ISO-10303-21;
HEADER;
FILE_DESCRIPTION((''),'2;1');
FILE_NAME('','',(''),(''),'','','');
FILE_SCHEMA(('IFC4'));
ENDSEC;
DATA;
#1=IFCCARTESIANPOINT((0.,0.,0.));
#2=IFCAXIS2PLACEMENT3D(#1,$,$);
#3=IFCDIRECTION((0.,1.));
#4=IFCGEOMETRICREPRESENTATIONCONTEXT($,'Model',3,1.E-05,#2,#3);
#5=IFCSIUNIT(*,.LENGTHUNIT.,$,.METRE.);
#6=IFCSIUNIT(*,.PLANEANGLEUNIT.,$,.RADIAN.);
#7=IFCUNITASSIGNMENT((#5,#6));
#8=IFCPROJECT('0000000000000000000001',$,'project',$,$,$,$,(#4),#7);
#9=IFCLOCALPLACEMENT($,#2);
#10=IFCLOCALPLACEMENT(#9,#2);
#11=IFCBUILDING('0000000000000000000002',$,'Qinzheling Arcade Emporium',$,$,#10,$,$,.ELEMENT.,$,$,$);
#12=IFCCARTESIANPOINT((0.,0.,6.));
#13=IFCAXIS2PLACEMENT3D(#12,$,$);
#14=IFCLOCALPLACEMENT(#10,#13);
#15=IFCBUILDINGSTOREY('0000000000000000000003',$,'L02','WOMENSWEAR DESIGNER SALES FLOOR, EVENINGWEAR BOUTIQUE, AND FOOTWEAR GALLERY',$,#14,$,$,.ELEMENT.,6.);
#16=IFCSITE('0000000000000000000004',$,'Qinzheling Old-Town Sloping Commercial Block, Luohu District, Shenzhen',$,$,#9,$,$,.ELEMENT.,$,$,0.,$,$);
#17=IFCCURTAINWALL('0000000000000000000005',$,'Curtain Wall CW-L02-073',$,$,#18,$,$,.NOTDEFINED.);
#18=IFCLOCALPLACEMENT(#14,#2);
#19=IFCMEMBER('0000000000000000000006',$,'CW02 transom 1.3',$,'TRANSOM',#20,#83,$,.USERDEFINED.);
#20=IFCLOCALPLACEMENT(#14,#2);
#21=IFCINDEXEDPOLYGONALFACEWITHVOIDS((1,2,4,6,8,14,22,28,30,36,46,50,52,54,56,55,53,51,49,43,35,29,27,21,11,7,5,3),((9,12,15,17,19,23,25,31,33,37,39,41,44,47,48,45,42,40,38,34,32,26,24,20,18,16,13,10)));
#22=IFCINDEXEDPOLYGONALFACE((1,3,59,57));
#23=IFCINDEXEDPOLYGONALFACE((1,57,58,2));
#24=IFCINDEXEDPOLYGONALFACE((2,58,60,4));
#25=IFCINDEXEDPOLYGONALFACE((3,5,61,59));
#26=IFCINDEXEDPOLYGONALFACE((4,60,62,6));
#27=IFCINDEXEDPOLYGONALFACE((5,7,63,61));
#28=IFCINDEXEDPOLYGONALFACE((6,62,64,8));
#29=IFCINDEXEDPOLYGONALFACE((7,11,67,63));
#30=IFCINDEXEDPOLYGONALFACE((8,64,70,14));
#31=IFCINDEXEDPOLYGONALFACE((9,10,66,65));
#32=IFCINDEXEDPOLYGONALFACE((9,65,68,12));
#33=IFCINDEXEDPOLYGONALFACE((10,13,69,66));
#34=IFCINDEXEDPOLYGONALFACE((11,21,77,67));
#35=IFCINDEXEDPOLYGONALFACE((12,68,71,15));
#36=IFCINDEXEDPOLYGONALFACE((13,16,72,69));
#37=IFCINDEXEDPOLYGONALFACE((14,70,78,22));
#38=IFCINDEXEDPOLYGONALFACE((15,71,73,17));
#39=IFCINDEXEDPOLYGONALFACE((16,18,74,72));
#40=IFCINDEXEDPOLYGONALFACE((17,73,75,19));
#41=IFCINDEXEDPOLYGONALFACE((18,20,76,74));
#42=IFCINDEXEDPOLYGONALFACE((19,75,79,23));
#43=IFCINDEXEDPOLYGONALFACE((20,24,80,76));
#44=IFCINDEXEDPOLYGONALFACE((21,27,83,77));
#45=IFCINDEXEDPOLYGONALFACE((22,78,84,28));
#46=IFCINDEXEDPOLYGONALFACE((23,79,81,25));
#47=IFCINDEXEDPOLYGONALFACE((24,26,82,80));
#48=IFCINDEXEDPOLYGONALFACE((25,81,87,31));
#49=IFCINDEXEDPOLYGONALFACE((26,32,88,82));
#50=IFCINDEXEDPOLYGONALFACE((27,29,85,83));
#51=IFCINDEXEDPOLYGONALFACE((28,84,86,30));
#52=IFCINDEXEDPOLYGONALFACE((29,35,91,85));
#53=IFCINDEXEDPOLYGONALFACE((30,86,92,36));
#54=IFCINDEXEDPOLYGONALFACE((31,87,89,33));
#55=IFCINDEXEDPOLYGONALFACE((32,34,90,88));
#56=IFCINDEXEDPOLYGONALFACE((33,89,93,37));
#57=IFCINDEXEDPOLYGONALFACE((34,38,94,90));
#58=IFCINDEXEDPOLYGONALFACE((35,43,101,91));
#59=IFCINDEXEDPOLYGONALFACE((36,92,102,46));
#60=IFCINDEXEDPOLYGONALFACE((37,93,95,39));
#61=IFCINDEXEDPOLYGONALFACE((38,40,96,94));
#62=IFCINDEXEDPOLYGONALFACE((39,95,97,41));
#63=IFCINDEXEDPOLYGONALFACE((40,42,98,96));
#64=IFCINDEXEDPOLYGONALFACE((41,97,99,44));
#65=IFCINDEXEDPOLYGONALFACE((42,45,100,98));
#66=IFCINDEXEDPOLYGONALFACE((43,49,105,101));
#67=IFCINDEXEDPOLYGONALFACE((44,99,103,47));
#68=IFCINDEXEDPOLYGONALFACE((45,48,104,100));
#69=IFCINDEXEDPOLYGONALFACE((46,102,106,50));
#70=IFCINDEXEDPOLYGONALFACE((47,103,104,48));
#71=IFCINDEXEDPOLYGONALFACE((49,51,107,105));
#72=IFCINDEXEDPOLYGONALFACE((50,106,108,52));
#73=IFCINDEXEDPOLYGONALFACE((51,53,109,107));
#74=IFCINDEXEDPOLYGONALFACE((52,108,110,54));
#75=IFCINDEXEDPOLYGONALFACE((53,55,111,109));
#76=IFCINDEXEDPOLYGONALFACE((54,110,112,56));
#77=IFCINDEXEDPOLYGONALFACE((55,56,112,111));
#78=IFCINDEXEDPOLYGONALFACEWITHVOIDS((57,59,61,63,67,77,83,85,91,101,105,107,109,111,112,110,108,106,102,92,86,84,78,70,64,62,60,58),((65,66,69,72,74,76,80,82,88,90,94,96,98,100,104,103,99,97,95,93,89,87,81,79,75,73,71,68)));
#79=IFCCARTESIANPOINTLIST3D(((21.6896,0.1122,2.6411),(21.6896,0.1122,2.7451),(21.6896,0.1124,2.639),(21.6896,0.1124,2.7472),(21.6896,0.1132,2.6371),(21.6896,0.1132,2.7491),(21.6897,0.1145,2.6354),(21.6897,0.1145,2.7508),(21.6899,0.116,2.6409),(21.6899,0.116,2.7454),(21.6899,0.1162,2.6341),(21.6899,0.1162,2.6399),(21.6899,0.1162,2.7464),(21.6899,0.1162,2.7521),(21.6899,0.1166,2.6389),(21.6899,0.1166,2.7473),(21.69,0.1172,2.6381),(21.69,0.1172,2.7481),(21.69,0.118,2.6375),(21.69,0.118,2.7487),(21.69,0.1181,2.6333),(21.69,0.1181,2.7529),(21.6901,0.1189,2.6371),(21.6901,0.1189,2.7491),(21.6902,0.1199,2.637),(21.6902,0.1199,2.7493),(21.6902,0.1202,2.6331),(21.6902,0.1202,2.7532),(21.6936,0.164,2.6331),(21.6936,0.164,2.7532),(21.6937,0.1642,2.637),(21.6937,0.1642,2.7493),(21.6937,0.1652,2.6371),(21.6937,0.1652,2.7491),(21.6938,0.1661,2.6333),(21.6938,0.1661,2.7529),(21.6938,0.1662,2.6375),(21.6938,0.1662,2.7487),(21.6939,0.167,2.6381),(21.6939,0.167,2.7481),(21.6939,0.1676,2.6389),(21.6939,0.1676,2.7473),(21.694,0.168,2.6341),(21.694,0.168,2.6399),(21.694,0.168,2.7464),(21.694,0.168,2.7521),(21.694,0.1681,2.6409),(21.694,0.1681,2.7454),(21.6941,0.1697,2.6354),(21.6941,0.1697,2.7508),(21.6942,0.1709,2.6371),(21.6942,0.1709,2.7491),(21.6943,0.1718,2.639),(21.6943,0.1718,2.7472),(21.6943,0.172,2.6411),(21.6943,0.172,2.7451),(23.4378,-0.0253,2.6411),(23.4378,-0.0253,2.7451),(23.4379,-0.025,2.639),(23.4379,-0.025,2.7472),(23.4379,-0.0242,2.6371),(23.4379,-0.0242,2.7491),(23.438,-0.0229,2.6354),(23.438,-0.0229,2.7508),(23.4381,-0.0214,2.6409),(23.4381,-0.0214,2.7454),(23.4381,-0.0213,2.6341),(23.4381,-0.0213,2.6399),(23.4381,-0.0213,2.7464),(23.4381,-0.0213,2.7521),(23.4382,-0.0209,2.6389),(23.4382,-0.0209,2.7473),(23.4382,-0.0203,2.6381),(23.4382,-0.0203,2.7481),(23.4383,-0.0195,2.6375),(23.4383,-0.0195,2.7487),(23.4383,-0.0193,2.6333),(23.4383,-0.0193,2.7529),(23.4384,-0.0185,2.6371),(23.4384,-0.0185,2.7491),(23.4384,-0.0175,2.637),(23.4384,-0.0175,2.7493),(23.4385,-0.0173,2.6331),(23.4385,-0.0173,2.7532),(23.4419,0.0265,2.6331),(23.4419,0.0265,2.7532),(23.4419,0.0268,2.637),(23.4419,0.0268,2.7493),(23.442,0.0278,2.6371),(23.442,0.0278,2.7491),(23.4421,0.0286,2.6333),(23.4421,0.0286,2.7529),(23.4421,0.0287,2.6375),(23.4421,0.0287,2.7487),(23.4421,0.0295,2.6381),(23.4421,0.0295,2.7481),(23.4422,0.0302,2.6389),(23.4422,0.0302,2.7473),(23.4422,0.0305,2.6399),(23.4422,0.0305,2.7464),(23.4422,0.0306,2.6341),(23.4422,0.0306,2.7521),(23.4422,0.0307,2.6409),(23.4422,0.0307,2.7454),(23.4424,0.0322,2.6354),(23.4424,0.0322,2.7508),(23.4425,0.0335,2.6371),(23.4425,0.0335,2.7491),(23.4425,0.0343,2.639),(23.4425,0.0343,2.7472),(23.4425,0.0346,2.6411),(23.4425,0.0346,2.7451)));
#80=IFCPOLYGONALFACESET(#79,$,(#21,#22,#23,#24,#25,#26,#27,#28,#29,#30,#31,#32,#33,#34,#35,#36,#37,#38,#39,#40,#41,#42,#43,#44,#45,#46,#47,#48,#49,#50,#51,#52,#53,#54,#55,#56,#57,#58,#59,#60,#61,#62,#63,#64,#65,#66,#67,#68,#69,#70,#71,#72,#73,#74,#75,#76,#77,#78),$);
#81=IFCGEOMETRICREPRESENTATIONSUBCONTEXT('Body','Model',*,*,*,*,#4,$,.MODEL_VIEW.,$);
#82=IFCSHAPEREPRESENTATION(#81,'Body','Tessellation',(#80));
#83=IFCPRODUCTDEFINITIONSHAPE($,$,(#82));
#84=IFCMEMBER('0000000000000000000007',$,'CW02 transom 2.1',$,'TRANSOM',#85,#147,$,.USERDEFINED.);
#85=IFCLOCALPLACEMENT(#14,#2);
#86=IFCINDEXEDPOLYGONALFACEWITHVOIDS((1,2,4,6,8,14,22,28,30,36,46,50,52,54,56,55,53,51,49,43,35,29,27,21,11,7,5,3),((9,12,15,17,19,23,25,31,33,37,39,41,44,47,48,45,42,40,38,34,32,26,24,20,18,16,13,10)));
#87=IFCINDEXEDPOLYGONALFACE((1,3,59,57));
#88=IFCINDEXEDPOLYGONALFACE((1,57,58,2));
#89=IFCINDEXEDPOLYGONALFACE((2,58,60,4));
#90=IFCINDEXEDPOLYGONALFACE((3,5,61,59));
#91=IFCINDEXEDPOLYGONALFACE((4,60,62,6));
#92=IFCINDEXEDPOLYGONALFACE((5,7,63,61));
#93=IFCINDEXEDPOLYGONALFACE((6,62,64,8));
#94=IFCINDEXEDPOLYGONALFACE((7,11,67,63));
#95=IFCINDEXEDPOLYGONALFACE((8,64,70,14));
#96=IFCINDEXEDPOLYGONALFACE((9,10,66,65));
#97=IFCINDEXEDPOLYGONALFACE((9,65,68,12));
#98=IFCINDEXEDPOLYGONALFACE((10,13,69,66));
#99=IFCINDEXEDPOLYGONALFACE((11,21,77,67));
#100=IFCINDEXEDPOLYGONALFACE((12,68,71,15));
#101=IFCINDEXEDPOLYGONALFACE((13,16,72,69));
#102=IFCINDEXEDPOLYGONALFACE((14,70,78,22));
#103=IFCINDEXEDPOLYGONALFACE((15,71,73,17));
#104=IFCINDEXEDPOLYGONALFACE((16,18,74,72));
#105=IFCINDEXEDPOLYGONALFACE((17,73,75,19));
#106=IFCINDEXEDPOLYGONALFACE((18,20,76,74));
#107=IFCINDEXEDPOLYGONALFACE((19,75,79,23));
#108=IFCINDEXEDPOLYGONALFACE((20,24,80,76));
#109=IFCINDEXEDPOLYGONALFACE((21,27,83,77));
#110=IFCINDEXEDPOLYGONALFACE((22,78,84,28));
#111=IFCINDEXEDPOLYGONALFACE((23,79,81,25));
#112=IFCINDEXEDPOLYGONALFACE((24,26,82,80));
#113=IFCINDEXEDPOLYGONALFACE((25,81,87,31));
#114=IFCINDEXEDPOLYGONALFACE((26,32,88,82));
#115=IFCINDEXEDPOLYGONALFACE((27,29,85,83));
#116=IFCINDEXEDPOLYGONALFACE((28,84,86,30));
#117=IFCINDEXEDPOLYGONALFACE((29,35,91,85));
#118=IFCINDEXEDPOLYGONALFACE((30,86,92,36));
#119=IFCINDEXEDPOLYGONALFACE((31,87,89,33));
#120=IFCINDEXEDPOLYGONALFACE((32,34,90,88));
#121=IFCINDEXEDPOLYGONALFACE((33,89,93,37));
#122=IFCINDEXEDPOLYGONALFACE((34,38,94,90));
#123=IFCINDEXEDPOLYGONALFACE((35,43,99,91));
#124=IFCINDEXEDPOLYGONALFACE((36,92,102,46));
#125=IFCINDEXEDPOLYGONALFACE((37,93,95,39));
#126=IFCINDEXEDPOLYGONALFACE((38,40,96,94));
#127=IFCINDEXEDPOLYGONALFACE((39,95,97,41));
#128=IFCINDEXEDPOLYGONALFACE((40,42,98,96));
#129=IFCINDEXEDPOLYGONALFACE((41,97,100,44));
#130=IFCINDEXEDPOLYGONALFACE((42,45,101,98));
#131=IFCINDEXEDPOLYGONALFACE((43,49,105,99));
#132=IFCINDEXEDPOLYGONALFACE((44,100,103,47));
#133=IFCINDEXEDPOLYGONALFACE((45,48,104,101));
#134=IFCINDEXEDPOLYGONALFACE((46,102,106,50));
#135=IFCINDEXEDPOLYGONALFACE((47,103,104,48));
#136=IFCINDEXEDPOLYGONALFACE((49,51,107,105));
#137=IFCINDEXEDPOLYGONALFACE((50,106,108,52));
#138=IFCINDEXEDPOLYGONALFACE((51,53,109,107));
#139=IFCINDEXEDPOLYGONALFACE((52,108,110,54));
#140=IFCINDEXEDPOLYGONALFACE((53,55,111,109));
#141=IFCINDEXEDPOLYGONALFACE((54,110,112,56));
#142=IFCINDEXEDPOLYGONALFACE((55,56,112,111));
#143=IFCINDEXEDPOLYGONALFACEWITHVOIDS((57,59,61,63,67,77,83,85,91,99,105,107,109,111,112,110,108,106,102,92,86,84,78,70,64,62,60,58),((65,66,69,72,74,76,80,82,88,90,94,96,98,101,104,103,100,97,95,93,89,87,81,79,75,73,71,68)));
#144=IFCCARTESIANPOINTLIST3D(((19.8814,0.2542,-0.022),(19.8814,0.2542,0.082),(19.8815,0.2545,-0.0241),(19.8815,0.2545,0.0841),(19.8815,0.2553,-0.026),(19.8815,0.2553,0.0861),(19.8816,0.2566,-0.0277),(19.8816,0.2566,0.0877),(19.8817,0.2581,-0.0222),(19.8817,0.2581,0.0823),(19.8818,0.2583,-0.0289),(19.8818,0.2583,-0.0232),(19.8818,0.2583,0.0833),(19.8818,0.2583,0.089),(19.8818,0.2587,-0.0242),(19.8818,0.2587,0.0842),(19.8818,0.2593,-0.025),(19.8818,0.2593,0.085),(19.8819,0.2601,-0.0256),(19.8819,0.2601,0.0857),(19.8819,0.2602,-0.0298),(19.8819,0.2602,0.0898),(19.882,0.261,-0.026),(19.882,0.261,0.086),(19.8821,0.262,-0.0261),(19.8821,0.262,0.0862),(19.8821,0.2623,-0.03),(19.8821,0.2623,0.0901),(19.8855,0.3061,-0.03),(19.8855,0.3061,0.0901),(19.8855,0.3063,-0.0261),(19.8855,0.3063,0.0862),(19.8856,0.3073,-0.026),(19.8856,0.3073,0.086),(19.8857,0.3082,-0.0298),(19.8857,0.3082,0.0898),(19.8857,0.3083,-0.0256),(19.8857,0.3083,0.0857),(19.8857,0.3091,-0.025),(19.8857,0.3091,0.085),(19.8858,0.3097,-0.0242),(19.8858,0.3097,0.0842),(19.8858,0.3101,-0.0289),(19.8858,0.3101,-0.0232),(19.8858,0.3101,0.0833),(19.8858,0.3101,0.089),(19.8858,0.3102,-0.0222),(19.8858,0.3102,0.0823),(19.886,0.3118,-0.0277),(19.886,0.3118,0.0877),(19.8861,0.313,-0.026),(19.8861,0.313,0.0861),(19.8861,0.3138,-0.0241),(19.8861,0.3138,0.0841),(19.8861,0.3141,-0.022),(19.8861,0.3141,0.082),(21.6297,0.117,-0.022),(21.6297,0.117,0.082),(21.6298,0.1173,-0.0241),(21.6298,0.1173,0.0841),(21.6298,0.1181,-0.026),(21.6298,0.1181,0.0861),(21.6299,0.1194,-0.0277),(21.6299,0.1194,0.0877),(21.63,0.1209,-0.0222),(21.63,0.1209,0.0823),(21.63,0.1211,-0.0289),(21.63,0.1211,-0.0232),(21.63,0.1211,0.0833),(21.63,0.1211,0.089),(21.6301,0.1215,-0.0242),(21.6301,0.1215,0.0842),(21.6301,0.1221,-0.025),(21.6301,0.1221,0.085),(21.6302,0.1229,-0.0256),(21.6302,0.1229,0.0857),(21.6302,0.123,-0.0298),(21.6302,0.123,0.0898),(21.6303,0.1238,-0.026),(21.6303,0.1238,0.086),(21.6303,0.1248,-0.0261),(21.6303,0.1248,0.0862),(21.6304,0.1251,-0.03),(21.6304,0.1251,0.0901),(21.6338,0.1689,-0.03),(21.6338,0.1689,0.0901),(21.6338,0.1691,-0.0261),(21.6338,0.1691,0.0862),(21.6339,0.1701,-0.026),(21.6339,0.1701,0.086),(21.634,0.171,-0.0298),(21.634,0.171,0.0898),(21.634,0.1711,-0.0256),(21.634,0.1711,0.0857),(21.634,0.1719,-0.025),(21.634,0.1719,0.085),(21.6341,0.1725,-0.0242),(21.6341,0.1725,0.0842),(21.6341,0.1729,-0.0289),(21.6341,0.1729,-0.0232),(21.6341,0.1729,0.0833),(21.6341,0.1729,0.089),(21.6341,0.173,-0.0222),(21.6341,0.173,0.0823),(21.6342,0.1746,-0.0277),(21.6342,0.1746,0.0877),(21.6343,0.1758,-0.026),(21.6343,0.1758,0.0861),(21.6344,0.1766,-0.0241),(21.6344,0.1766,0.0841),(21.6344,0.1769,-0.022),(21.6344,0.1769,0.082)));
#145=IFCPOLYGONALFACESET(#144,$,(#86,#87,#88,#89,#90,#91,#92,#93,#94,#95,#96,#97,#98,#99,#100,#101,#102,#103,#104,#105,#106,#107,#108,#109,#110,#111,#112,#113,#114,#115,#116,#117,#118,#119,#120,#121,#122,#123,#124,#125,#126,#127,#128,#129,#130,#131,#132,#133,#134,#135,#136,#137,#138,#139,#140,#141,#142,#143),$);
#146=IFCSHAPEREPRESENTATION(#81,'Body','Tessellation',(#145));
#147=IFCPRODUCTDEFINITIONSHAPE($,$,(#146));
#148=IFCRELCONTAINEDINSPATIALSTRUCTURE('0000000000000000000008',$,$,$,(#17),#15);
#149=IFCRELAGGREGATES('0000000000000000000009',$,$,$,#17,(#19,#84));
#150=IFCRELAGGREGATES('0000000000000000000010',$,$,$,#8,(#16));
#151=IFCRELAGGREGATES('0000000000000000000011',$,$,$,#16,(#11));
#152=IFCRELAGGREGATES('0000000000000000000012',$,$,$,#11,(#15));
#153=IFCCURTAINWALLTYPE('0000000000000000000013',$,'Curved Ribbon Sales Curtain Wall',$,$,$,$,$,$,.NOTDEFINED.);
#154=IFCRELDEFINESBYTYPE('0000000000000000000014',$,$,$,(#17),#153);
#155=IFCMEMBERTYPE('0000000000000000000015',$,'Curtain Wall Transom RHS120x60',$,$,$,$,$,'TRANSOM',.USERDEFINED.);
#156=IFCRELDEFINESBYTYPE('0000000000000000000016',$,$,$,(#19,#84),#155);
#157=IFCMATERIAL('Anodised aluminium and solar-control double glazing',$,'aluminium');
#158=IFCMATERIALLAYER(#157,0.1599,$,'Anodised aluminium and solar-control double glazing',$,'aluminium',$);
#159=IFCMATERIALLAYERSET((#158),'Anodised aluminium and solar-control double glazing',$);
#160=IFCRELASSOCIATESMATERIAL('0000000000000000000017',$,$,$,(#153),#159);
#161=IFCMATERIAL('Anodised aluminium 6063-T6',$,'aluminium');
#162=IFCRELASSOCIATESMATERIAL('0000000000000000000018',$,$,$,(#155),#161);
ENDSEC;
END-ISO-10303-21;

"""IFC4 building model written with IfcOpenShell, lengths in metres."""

from ifc_helpers import new_model, si_unit, direction, frame, origin, origin_2d, place, context, subcontext, project, spatial, hollow_rectangle, extrude, material, layer, layer_set, material_profile, profile_set, type_object, element, aggregate, save


model = new_model("IFC4")

# Units and contexts
model_context = context("Model", 3, precision=1e-05, world=origin(), true_north=direction((0.0, 1.0)))
body_context = subcontext(model_context, "Body", "Model", "MODEL_VIEW")
ifc_project = project(units=[si_unit("LENGTHUNIT", "METRE"), si_unit("PLANEANGLEUNIT", "RADIAN")], contexts=[model_context])

# Site, building, storey
site_placement = place(None, origin())
site = spatial("IfcSite", under=ifc_project, at=site_placement, Name="Qinzheling Old-Town Sloping Commercial Block, Luohu District, Shenzhen", CompositionType="ELEMENT", RefElevation=0.0)
building_placement = place(site_placement, origin())
building = spatial("IfcBuilding", under=site, at=building_placement, Name="Qinzheling Arcade Emporium", CompositionType="ELEMENT")
storey_placement = place(building_placement, frame((0.0, 0.0, 6.0)))
storey = spatial("IfcBuildingStorey", under=building, at=storey_placement, Name="L02", Description="WOMENSWEAR DESIGNER SALES FLOOR, EVENINGWEAR BOUTIQUE, AND FOOTWEAR GALLERY", CompositionType="ELEMENT", Elevation=6.0)

# Curtain wall, members
ifc_material_1 = material(Name="Anodised aluminium and solar-control double glazing", Category="aluminium")
ifc_layer_1 = layer(ifc_material_1, 0.1599, Name="Anodised aluminium and solar-control double glazing", Category="aluminium")
ifc_layer_set_1 = layer_set([ifc_layer_1], Name="Anodised aluminium and solar-control double glazing")
curtain_wall_type_1 = type_object("IfcCurtainWallType", Name="Curved Ribbon Sales Curtain Wall", PredefinedType="NOTDEFINED", material=ifc_layer_set_1)
curtain_wall_1_placement = place(storey_placement, origin())
curtain_wall_1 = element("IfcCurtainWall", 1, at=curtain_wall_1_placement, inside=storey, type_object=curtain_wall_type_1, Name="Curtain Wall CW-L02-073", PredefinedType="NOTDEFINED")
ifc_material_2 = material(Name="Anodised aluminium 6063-T6", Category="aluminium")
ifc_material_profile_1 = material_profile(ifc_material_2, hollow_rectangle(XDim=0.0601, YDim=0.1201, WallThickness=0.0039, InnerFilletRadius=0.0039, OuterFilletRadius=0.0081, at=origin_2d()), Name="RHS 120x60x4", Category="aluminium")
ifc_profile_set_1 = profile_set([ifc_material_profile_1], Name="Anodised aluminium 6063-T6")
member_type_1 = type_object("IfcMemberType", Name="Curtain Wall Transom RHS120x60", ElementType="TRANSOM", PredefinedType="USERDEFINED", material=ifc_profile_set_1)
member_1_placement = place(storey_placement, frame((23.4402, 0.0046, 2.6931), z_axis=(-0.996924, 0.078378, 0.0), x_axis=(-0.078378, -0.996924, 0.0)))
member_1 = element("IfcMember", 2, at=member_1_placement, type_object=member_type_1, Name="CW02 transom 1.3", ObjectType="TRANSOM", PredefinedType="USERDEFINED", context=body_context, shape_type="SweptSolid", body=[
    extrude(hollow_rectangle(XDim=0.0601, YDim=0.1201, WallThickness=0.0039, InnerFilletRadius=0.0039, OuterFilletRadius=0.0081, at=origin_2d()), origin(), (0.0, 0.0, 1.0), 1.7537),
])
member_2_placement = place(storey_placement, frame((21.6321, 0.147, 0.03), z_axis=(-0.996935, 0.07824, 0.0), x_axis=(-0.07824, -0.996935, 0.0)))
member_2 = element("IfcMember", 3, at=member_2_placement, type_object=member_type_1, Name="CW02 transom 2.1", ObjectType="TRANSOM", PredefinedType="USERDEFINED", context=body_context, shape_type="SweptSolid", body=[
    extrude(hollow_rectangle(XDim=0.0601, YDim=0.1201, WallThickness=0.0039, InnerFilletRadius=0.0039, OuterFilletRadius=0.0081, at=origin_2d()), origin(), (0.0, 0.0, 1.0), 1.7537),
])

aggregate(curtain_wall_1, [member_1, member_2])

save(model, "model.ifc")
